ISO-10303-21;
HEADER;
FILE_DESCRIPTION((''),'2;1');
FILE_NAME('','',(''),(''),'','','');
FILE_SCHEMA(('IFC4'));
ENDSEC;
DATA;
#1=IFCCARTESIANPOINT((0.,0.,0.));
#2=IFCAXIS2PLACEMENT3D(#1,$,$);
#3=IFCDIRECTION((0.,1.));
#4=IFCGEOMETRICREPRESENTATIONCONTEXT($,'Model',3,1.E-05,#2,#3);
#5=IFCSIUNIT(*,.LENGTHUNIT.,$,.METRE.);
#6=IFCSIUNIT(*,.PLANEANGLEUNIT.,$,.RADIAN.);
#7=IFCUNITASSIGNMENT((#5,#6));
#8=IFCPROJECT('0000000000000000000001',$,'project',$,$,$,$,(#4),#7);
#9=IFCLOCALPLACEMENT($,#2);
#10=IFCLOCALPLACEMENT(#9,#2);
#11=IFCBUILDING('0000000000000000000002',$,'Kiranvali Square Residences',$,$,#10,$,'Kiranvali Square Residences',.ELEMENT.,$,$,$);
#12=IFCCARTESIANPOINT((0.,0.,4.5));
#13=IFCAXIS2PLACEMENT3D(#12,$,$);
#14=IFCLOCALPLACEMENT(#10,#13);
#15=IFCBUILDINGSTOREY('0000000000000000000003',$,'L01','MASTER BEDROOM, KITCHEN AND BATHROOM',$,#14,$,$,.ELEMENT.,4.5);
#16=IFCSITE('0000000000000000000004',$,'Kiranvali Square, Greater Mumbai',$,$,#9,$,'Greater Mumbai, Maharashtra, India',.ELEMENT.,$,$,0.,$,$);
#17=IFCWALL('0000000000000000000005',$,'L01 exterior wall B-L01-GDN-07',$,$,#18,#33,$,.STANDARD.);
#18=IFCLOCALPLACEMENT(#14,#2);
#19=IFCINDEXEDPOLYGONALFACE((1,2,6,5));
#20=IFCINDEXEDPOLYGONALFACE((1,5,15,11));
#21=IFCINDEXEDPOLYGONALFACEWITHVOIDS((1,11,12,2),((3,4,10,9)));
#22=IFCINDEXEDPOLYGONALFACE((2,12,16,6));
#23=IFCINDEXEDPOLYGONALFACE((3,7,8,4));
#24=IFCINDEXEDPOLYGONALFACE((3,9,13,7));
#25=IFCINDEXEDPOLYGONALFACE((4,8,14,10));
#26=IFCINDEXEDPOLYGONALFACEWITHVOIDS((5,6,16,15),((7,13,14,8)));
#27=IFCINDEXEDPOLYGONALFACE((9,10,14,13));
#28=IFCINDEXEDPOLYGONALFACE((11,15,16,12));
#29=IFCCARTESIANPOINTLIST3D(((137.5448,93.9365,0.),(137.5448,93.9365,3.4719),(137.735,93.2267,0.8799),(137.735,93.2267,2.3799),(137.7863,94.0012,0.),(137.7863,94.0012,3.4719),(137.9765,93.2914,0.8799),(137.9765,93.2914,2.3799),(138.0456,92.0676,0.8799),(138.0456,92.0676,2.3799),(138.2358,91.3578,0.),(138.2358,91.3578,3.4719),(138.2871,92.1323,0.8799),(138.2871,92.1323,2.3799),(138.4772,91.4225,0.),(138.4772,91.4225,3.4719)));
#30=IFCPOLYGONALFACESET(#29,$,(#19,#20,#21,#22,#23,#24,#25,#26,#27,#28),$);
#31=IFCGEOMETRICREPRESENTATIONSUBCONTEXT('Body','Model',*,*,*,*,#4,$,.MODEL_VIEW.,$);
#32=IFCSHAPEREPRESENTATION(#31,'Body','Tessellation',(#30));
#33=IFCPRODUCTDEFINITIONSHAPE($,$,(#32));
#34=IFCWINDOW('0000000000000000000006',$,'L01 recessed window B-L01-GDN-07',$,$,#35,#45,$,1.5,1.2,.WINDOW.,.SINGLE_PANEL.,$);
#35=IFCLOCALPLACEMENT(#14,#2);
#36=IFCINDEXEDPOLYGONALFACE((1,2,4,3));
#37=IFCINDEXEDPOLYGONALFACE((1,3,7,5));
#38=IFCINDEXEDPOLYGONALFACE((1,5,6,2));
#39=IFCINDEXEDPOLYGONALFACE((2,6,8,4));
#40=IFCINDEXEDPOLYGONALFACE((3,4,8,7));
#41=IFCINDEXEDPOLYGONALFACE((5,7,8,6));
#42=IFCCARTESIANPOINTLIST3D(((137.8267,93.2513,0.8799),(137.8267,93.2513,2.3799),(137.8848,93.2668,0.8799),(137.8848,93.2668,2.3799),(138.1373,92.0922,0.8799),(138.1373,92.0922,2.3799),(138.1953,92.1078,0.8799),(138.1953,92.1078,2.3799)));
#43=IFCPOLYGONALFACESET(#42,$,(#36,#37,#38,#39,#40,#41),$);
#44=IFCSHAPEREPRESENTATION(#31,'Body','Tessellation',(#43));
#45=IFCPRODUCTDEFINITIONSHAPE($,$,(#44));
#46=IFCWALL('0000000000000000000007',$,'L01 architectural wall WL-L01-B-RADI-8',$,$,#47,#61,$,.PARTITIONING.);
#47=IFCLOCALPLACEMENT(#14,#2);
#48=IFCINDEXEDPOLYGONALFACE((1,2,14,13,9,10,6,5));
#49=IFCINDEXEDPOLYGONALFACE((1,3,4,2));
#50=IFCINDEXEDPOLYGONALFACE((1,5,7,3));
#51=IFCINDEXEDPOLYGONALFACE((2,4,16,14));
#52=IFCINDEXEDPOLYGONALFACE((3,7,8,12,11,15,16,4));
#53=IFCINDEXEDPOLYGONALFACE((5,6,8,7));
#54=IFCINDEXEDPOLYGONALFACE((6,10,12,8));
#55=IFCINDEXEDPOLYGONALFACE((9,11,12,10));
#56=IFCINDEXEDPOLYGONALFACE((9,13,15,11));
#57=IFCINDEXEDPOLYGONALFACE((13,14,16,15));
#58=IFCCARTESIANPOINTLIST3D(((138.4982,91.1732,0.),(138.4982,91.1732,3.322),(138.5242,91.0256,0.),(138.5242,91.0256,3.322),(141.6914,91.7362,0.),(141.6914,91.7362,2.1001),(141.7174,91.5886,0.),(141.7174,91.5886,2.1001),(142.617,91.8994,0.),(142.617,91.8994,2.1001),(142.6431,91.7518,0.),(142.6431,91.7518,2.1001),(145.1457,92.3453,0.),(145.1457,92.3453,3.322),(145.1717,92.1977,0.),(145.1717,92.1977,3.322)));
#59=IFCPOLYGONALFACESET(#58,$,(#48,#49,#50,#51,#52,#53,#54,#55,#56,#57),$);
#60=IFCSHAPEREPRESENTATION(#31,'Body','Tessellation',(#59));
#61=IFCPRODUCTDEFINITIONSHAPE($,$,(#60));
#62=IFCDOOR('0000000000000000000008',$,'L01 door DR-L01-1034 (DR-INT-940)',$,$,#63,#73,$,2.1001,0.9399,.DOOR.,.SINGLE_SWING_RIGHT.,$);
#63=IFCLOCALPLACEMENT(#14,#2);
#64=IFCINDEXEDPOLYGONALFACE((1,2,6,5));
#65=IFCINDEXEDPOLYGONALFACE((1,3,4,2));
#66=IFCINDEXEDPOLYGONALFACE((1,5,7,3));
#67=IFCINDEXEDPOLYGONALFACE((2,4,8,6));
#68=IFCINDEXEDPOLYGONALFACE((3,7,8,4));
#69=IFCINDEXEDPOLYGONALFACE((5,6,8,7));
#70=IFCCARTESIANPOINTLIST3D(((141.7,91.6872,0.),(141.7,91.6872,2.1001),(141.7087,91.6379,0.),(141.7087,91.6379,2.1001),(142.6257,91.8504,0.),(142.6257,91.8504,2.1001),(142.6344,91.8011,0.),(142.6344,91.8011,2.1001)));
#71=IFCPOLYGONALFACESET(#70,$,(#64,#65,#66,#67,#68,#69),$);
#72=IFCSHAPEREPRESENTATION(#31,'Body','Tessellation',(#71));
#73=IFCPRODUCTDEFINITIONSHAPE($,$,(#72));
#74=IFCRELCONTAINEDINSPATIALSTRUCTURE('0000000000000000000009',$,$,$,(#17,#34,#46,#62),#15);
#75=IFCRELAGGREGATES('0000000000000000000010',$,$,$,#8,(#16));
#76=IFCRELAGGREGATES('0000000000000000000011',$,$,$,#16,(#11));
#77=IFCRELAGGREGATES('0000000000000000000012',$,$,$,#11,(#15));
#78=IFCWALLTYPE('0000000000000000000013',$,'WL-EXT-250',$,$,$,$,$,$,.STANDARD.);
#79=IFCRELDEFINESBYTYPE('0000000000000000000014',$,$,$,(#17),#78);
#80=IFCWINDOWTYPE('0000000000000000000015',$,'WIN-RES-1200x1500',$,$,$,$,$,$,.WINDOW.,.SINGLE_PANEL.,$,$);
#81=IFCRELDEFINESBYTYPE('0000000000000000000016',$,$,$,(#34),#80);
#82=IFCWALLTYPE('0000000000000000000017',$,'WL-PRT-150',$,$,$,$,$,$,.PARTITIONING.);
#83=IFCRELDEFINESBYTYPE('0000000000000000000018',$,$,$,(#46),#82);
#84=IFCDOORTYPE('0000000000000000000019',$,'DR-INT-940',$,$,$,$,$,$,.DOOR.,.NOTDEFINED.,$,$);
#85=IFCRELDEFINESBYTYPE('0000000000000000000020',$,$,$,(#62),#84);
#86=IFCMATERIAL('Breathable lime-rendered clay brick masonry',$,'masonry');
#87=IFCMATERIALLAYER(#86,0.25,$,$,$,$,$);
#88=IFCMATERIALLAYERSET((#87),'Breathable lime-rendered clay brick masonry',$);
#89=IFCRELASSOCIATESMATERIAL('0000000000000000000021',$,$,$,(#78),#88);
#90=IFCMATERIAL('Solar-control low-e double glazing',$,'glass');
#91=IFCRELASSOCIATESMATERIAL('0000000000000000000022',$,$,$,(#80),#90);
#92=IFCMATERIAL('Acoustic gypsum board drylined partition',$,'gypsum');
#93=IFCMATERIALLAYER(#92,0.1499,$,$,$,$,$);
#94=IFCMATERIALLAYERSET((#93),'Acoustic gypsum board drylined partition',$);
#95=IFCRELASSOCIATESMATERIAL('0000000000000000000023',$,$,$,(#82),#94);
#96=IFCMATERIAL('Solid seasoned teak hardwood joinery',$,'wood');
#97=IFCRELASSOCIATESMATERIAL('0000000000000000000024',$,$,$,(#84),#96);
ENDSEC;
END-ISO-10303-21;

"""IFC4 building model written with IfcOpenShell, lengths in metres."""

from ifc_helpers import new_model, si_unit, direction, frame, frame_2d, origin, place, context, subcontext, project, spatial, rectangle, extrude, material, layer, layer_set, type_object, element, fill, save


model = new_model("IFC4")

# Units and contexts
model_context = context("Model", 3, precision=1e-05, world=origin(), true_north=direction((0.0, 1.0)))
body_context = subcontext(model_context, "Body", "Model", "MODEL_VIEW")
ifc_project = project(units=[si_unit("LENGTHUNIT", "METRE"), si_unit("PLANEANGLEUNIT", "RADIAN")], contexts=[model_context])

# Site, building, storey
site_placement = place(None, origin())
site = spatial("IfcSite", under=ifc_project, at=site_placement, Name="Kiranvali Square, Greater Mumbai", LongName="Greater Mumbai, Maharashtra, India", CompositionType="ELEMENT", RefElevation=0.0)
building_placement = place(site_placement, origin())
building = spatial("IfcBuilding", under=site, at=building_placement, Name="Kiranvali Square Residences", LongName="Kiranvali Square Residences", CompositionType="ELEMENT")
storey_placement = place(building_placement, frame((0.0, 0.0, 4.5)))
storey = spatial("IfcBuildingStorey", under=building, at=storey_placement, Name="L01", Description="MASTER BEDROOM, KITCHEN AND BATHROOM", CompositionType="ELEMENT", Elevation=4.5)

# Wall, opening, window
ifc_material_1 = material(Name="Breathable lime-rendered clay brick masonry", Category="masonry")
ifc_layer_1 = layer(ifc_material_1, 0.25)
ifc_layer_set_1 = layer_set([ifc_layer_1], Name="Breathable lime-rendered clay brick masonry")
wall_type_1 = type_object("IfcWallType", Name="WL-EXT-250", PredefinedType="STANDARD", material=ifc_layer_set_1)
wall_1_placement = place(storey_placement, frame((137.6655, 93.969, 0.0), z_axis=(0.0, 0.0, 1.0), x_axis=(0.258812, -0.965928, 0.0)))
wall_1 = element("IfcWall", 1, at=wall_1_placement, inside=storey, type_object=wall_type_1, Name="L01 exterior wall B-L01-GDN-07", PredefinedType="STANDARD", context=body_context, shape_type="SweptSolid", body=[
    extrude(rectangle(XDim=2.6697, YDim=0.25, at=frame_2d((1.335, 0.0))), origin(), (0.0, 0.0, 1.0), 3.4719),
])
opening_1_placement = place(wall_1_placement, frame((0.7349, 0.0, 0.8799)))
opening_1 = element("IfcOpeningElement", 2, at=opening_1_placement, cuts=wall_1, PredefinedType="OPENING", context=body_context, shape_type="SweptSolid", body=[
    extrude(rectangle(XDim=1.2, YDim=1.5, at=frame_2d((0.6001, 0.75))), frame((0.0, 0.135, 0.0), z_axis=(0.0, -1.0, 0.0), x_axis=(1.0, 0.0, 0.0)), (0.0, 0.0, 1.0), 0.27),
])
ifc_material_2 = material(Name="Solar-control low-e double glazing", Category="glass")
window_type = type_object("IfcWindowType", Name="WIN-RES-1200x1500", PartitioningType="SINGLE_PANEL", PredefinedType="WINDOW", material=ifc_material_2)
window_placement = place(opening_1_placement, origin())
window = element("IfcWindow", 3, at=window_placement, inside=storey, type_object=window_type, Name="L01 recessed window B-L01-GDN-07", OverallHeight=1.5, OverallWidth=1.2, PartitioningType="SINGLE_PANEL", PredefinedType="WINDOW", context=body_context, shape_type="SweptSolid", body=[
    extrude(rectangle(XDim=1.2, YDim=1.5, at=frame_2d((0.6001, 0.75))), frame((0.0, 0.03, 0.0), z_axis=(0.0, -1.0, 0.0), x_axis=(1.0, 0.0, 0.0)), (0.0, 0.0, 1.0), 0.0601),
])
fill(opening_1, window)

# Wall, opening, door
ifc_material_3 = material(Name="Acoustic gypsum board drylined partition", Category="gypsum")
ifc_layer_2 = layer(ifc_material_3, 0.1499)
ifc_layer_set_2 = layer_set([ifc_layer_2], Name="Acoustic gypsum board drylined partition")
wall_type_2 = type_object("IfcWallType", Name="WL-PRT-150", PredefinedType="PARTITIONING", material=ifc_layer_set_2)
wall_2_placement = place(storey_placement, frame((138.5112, 91.0994, 0.0), z_axis=(0.0, 0.0, 1.0), x_axis=(0.984808, 0.173647, 0.0)))
wall_2 = element("IfcWall", 4, at=wall_2_placement, inside=storey, type_object=wall_type_2, Name="L01 architectural wall WL-L01-B-RADI-8", PredefinedType="PARTITIONING", context=body_context, shape_type="SweptSolid", body=[
    extrude(rectangle(XDim=6.75, YDim=0.1499, at=frame_2d((3.375, 0.0))), origin(), (0.0, 0.0, 1.0), 3.322),
])
opening_2_placement = place(wall_2_placement, frame((3.2424, 0.0, 0.0)))
opening_2 = element("IfcOpeningElement", 5, at=opening_2_placement, cuts=wall_2, PredefinedType="OPENING", context=body_context, shape_type="SweptSolid", body=[
    extrude(rectangle(XDim=0.9399, YDim=2.1001, at=frame_2d((0.47, 1.05))), frame((0.0, 0.085, 0.0), z_axis=(0.0, -1.0, 0.0), x_axis=(1.0, 0.0, 0.0)), (0.0, 0.0, 1.0), 0.1699),
])
ifc_material_4 = material(Name="Solid seasoned teak hardwood joinery", Category="wood")
door_type = type_object("IfcDoorType", Name="DR-INT-940", OperationType="NOTDEFINED", PredefinedType="DOOR", material=ifc_material_4)
door_placement = place(opening_2_placement, frame((0.9399, 0.0, 0.0), z_axis=(0.0, 0.0, 1.0), x_axis=(-1.0, 0.0, 0.0)))
door = element("IfcDoor", 6, at=door_placement, inside=storey, type_object=door_type, Name="L01 door DR-L01-1034 (DR-INT-940)", OperationType="SINGLE_SWING_RIGHT", OverallHeight=2.1001, OverallWidth=0.9399, PredefinedType="DOOR", context=body_context, shape_type="SweptSolid", body=[
    extrude(rectangle(XDim=0.9399, YDim=2.1001, at=frame_2d((0.47, 1.05))), frame((0.0, 0.0249, 0.0), z_axis=(0.0, -1.0, 0.0), x_axis=(1.0, 0.0, 0.0)), (0.0, 0.0, 1.0), 0.05),
])
fill(opening_2, door)

save(model, "model.ifc")
